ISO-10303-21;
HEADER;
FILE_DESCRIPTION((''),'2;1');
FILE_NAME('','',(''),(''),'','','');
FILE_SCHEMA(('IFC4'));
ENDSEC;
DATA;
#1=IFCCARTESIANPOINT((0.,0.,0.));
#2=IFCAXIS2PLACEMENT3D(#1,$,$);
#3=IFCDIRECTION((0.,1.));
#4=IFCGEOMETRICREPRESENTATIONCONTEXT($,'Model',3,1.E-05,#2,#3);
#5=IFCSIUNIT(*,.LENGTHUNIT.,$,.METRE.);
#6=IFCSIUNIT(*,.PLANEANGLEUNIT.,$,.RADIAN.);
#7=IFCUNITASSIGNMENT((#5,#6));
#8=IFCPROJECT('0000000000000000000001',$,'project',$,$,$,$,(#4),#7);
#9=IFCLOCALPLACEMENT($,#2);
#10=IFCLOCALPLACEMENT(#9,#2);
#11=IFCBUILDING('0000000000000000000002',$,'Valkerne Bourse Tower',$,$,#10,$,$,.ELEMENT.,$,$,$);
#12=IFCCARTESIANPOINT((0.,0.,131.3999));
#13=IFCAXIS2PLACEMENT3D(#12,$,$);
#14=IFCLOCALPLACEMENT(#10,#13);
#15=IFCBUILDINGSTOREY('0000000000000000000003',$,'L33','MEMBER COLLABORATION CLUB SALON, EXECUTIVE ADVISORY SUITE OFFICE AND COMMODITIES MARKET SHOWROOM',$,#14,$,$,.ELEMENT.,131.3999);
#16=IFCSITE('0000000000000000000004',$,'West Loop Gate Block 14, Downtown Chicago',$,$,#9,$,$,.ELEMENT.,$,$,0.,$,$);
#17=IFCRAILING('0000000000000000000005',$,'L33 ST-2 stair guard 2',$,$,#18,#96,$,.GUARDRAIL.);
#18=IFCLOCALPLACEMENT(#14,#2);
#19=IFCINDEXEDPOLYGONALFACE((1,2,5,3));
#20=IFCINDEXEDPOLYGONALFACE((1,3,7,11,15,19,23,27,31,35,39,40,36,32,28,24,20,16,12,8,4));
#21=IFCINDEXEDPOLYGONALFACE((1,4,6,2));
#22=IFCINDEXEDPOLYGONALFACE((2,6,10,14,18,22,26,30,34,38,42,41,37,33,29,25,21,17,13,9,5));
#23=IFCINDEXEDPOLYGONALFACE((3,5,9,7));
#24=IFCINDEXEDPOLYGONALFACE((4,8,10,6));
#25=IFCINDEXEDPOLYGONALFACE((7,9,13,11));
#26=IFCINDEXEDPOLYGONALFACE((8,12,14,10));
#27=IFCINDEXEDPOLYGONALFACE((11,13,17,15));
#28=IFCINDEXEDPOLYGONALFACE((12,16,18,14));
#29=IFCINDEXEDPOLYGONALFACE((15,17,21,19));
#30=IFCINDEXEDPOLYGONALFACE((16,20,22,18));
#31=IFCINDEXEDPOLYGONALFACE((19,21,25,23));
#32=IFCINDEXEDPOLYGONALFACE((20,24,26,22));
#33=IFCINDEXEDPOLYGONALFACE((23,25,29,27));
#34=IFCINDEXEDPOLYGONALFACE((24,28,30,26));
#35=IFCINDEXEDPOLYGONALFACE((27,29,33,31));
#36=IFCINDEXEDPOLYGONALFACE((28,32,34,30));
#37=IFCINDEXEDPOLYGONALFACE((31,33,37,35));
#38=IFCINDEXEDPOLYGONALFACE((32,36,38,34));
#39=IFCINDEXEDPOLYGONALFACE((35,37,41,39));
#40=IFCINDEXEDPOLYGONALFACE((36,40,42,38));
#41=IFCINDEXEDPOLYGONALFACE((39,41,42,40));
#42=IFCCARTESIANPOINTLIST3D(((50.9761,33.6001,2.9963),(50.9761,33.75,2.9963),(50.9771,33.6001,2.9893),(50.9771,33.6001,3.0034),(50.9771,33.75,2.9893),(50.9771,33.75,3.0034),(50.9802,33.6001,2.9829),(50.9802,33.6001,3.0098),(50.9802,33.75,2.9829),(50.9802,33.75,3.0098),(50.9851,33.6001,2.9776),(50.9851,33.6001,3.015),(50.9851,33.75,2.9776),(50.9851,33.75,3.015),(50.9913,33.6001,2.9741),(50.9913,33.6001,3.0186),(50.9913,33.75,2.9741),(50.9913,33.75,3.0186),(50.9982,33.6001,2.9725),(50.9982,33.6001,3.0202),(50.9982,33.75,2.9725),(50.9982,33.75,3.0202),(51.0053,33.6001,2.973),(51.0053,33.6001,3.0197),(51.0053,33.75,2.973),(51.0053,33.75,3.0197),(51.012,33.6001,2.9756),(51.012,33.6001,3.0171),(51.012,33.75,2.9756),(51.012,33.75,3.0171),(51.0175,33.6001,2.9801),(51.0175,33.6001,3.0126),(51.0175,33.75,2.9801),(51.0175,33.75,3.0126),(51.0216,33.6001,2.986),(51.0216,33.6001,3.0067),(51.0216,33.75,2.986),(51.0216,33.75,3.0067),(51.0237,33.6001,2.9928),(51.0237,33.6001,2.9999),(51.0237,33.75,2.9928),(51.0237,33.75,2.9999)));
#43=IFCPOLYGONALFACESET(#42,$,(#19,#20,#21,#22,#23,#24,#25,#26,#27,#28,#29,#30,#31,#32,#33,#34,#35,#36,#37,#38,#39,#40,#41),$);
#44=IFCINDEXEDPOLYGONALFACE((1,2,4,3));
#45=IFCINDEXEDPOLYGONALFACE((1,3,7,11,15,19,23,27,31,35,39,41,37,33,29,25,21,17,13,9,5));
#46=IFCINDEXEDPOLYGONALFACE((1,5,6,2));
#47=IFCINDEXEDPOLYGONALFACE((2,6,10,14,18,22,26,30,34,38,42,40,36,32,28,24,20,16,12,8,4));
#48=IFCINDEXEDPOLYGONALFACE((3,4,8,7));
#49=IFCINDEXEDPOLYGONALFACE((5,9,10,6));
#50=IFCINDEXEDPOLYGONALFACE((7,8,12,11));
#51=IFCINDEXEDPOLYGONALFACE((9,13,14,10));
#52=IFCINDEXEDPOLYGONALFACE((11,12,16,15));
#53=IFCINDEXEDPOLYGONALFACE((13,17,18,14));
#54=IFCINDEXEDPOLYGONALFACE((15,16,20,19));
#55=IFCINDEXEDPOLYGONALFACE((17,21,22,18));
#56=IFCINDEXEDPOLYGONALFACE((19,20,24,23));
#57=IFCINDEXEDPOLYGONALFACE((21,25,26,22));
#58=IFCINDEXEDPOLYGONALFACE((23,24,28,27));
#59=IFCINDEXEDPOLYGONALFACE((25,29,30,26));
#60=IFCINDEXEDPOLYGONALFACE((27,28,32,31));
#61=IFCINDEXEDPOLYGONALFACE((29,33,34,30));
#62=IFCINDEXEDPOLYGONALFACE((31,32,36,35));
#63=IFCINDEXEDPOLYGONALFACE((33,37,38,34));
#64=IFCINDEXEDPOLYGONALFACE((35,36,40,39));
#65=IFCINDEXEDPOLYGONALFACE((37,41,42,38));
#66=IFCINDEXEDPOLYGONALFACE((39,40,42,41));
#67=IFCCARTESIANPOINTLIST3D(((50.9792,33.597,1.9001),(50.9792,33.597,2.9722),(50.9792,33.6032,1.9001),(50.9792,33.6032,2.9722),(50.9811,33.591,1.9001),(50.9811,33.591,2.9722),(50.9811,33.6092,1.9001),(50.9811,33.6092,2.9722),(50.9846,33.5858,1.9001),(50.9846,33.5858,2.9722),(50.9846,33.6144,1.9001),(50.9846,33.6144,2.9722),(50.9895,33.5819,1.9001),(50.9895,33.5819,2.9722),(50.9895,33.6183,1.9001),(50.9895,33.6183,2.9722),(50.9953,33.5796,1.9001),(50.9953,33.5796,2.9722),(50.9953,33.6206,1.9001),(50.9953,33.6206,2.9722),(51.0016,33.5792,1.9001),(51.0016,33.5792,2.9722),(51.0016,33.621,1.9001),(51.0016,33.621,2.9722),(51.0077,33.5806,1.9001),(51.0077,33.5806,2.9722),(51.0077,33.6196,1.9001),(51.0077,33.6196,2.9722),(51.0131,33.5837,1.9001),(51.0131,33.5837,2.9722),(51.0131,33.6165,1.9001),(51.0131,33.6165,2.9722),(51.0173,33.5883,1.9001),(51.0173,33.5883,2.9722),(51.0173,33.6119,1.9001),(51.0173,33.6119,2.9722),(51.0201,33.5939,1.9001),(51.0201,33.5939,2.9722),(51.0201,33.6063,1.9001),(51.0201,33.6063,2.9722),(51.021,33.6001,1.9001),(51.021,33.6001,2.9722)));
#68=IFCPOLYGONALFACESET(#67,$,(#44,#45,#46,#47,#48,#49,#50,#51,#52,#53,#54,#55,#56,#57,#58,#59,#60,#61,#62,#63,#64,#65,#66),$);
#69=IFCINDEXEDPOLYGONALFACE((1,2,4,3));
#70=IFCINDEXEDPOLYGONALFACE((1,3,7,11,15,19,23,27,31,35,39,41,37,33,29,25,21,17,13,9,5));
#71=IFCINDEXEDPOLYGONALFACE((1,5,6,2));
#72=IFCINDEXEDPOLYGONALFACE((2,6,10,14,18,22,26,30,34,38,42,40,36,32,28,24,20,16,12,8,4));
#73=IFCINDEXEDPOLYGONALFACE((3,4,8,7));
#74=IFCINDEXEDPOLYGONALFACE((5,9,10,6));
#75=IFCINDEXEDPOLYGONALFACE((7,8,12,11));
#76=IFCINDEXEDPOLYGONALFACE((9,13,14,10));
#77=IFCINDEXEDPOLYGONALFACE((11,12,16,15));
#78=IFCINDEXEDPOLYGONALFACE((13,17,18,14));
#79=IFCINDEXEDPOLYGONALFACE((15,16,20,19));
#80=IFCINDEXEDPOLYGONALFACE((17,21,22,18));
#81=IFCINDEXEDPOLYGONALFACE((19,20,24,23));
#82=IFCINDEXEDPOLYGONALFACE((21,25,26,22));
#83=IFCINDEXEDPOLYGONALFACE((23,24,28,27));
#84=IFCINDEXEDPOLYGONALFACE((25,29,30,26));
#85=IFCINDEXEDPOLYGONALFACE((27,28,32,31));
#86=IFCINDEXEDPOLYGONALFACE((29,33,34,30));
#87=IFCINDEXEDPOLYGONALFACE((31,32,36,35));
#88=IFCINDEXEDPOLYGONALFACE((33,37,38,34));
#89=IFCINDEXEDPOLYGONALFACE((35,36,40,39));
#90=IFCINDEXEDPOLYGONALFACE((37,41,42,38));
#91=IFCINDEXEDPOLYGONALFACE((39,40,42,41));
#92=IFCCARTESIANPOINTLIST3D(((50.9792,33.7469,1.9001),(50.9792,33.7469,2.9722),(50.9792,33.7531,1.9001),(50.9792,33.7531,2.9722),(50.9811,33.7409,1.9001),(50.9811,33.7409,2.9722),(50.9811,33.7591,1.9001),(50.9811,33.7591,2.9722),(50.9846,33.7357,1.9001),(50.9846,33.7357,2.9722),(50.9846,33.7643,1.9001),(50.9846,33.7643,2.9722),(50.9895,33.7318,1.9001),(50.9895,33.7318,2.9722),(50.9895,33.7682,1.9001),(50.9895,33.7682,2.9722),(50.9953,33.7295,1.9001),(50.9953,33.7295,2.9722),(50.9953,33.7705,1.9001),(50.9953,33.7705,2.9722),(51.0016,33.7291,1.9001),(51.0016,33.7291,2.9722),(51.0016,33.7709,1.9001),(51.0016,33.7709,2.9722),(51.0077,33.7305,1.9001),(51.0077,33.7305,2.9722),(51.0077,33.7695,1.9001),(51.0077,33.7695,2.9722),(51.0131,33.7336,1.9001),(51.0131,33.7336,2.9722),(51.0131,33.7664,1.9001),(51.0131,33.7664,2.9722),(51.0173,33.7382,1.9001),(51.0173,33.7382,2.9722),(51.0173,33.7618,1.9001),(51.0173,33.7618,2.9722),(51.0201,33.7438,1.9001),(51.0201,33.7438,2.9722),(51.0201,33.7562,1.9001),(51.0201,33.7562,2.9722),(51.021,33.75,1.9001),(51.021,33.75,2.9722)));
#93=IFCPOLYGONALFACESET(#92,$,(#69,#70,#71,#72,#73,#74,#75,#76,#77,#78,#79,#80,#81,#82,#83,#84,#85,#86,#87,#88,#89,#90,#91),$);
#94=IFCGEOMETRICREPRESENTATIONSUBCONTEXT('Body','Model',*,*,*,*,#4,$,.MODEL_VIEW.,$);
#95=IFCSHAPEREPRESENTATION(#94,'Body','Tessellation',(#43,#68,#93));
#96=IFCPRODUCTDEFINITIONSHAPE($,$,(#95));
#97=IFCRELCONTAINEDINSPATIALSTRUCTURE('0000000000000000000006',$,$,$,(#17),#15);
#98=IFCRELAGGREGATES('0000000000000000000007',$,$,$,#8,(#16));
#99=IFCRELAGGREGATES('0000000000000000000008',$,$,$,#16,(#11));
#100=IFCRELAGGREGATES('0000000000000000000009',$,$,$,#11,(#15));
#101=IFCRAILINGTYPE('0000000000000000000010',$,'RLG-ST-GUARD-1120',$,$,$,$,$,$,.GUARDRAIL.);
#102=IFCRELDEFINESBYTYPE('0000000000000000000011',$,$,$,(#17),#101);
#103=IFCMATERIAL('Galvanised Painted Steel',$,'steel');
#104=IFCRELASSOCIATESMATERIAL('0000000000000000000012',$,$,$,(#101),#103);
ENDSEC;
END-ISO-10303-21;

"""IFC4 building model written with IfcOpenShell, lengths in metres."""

from ifc_helpers import new_model, si_unit, direction, frame, origin, origin_2d, place, context, subcontext, project, spatial, circle, extrude, material, type_object, element, save


model = new_model("IFC4")

# Units and contexts
model_context = context("Model", 3, precision=1e-05, world=origin(), true_north=direction((0.0, 1.0)))
body_context = subcontext(model_context, "Body", "Model", "MODEL_VIEW")
ifc_project = project(units=[si_unit("LENGTHUNIT", "METRE"), si_unit("PLANEANGLEUNIT", "RADIAN")], contexts=[model_context])

# Site, building, storey
site_placement = place(None, origin())
site = spatial("IfcSite", under=ifc_project, at=site_placement, Name="West Loop Gate Block 14, Downtown Chicago", CompositionType="ELEMENT", RefElevation=0.0)
building_placement = place(site_placement, origin())
building = spatial("IfcBuilding", under=site, at=building_placement, Name="Valkerne Bourse Tower", CompositionType="ELEMENT")
storey_placement = place(building_placement, frame((0.0, 0.0, 131.3999)))
storey = spatial("IfcBuildingStorey", under=building, at=storey_placement, Name="L33", Description="MEMBER COLLABORATION CLUB SALON, EXECUTIVE ADVISORY SUITE OFFICE AND COMMODITIES MARKET SHOWROOM", CompositionType="ELEMENT", Elevation=131.3999)

# Shared definitions
ifc_material_1 = material(Name="Galvanised Painted Steel", Category="steel")

# Railing
railing_type_1 = type_object("IfcRailingType", Name="RLG-ST-GUARD-1120", PredefinedType="GUARDRAIL", material=ifc_material_1)
railing_1_placement = place(storey_placement, frame((51.0, 33.6001, 1.9001)))
element("IfcRailing", 1, at=railing_1_placement, inside=storey, type_object=railing_type_1, Name="L33 ST-2 stair guard 2", PredefinedType="GUARDRAIL", context=body_context, shape_type="SweptSolid", body=[
    extrude(circle(Radius=0.0239, at=origin_2d()), frame((0.0, 0.0, 1.0962), z_axis=(0.0, 1.0, 0.0), x_axis=(-1.0, 0.0, 0.0)), (0.0, 0.0, 1.0), 0.1499),
    extrude(circle(Radius=0.021, at=origin_2d()), origin(), (0.0, 0.0, 1.0), 1.072),
    extrude(circle(Radius=0.021, at=origin_2d()), frame((0.0, 0.1499, 0.0)), (0.0, 0.0, 1.0), 1.072),
])

save(model, "model.ifc")
